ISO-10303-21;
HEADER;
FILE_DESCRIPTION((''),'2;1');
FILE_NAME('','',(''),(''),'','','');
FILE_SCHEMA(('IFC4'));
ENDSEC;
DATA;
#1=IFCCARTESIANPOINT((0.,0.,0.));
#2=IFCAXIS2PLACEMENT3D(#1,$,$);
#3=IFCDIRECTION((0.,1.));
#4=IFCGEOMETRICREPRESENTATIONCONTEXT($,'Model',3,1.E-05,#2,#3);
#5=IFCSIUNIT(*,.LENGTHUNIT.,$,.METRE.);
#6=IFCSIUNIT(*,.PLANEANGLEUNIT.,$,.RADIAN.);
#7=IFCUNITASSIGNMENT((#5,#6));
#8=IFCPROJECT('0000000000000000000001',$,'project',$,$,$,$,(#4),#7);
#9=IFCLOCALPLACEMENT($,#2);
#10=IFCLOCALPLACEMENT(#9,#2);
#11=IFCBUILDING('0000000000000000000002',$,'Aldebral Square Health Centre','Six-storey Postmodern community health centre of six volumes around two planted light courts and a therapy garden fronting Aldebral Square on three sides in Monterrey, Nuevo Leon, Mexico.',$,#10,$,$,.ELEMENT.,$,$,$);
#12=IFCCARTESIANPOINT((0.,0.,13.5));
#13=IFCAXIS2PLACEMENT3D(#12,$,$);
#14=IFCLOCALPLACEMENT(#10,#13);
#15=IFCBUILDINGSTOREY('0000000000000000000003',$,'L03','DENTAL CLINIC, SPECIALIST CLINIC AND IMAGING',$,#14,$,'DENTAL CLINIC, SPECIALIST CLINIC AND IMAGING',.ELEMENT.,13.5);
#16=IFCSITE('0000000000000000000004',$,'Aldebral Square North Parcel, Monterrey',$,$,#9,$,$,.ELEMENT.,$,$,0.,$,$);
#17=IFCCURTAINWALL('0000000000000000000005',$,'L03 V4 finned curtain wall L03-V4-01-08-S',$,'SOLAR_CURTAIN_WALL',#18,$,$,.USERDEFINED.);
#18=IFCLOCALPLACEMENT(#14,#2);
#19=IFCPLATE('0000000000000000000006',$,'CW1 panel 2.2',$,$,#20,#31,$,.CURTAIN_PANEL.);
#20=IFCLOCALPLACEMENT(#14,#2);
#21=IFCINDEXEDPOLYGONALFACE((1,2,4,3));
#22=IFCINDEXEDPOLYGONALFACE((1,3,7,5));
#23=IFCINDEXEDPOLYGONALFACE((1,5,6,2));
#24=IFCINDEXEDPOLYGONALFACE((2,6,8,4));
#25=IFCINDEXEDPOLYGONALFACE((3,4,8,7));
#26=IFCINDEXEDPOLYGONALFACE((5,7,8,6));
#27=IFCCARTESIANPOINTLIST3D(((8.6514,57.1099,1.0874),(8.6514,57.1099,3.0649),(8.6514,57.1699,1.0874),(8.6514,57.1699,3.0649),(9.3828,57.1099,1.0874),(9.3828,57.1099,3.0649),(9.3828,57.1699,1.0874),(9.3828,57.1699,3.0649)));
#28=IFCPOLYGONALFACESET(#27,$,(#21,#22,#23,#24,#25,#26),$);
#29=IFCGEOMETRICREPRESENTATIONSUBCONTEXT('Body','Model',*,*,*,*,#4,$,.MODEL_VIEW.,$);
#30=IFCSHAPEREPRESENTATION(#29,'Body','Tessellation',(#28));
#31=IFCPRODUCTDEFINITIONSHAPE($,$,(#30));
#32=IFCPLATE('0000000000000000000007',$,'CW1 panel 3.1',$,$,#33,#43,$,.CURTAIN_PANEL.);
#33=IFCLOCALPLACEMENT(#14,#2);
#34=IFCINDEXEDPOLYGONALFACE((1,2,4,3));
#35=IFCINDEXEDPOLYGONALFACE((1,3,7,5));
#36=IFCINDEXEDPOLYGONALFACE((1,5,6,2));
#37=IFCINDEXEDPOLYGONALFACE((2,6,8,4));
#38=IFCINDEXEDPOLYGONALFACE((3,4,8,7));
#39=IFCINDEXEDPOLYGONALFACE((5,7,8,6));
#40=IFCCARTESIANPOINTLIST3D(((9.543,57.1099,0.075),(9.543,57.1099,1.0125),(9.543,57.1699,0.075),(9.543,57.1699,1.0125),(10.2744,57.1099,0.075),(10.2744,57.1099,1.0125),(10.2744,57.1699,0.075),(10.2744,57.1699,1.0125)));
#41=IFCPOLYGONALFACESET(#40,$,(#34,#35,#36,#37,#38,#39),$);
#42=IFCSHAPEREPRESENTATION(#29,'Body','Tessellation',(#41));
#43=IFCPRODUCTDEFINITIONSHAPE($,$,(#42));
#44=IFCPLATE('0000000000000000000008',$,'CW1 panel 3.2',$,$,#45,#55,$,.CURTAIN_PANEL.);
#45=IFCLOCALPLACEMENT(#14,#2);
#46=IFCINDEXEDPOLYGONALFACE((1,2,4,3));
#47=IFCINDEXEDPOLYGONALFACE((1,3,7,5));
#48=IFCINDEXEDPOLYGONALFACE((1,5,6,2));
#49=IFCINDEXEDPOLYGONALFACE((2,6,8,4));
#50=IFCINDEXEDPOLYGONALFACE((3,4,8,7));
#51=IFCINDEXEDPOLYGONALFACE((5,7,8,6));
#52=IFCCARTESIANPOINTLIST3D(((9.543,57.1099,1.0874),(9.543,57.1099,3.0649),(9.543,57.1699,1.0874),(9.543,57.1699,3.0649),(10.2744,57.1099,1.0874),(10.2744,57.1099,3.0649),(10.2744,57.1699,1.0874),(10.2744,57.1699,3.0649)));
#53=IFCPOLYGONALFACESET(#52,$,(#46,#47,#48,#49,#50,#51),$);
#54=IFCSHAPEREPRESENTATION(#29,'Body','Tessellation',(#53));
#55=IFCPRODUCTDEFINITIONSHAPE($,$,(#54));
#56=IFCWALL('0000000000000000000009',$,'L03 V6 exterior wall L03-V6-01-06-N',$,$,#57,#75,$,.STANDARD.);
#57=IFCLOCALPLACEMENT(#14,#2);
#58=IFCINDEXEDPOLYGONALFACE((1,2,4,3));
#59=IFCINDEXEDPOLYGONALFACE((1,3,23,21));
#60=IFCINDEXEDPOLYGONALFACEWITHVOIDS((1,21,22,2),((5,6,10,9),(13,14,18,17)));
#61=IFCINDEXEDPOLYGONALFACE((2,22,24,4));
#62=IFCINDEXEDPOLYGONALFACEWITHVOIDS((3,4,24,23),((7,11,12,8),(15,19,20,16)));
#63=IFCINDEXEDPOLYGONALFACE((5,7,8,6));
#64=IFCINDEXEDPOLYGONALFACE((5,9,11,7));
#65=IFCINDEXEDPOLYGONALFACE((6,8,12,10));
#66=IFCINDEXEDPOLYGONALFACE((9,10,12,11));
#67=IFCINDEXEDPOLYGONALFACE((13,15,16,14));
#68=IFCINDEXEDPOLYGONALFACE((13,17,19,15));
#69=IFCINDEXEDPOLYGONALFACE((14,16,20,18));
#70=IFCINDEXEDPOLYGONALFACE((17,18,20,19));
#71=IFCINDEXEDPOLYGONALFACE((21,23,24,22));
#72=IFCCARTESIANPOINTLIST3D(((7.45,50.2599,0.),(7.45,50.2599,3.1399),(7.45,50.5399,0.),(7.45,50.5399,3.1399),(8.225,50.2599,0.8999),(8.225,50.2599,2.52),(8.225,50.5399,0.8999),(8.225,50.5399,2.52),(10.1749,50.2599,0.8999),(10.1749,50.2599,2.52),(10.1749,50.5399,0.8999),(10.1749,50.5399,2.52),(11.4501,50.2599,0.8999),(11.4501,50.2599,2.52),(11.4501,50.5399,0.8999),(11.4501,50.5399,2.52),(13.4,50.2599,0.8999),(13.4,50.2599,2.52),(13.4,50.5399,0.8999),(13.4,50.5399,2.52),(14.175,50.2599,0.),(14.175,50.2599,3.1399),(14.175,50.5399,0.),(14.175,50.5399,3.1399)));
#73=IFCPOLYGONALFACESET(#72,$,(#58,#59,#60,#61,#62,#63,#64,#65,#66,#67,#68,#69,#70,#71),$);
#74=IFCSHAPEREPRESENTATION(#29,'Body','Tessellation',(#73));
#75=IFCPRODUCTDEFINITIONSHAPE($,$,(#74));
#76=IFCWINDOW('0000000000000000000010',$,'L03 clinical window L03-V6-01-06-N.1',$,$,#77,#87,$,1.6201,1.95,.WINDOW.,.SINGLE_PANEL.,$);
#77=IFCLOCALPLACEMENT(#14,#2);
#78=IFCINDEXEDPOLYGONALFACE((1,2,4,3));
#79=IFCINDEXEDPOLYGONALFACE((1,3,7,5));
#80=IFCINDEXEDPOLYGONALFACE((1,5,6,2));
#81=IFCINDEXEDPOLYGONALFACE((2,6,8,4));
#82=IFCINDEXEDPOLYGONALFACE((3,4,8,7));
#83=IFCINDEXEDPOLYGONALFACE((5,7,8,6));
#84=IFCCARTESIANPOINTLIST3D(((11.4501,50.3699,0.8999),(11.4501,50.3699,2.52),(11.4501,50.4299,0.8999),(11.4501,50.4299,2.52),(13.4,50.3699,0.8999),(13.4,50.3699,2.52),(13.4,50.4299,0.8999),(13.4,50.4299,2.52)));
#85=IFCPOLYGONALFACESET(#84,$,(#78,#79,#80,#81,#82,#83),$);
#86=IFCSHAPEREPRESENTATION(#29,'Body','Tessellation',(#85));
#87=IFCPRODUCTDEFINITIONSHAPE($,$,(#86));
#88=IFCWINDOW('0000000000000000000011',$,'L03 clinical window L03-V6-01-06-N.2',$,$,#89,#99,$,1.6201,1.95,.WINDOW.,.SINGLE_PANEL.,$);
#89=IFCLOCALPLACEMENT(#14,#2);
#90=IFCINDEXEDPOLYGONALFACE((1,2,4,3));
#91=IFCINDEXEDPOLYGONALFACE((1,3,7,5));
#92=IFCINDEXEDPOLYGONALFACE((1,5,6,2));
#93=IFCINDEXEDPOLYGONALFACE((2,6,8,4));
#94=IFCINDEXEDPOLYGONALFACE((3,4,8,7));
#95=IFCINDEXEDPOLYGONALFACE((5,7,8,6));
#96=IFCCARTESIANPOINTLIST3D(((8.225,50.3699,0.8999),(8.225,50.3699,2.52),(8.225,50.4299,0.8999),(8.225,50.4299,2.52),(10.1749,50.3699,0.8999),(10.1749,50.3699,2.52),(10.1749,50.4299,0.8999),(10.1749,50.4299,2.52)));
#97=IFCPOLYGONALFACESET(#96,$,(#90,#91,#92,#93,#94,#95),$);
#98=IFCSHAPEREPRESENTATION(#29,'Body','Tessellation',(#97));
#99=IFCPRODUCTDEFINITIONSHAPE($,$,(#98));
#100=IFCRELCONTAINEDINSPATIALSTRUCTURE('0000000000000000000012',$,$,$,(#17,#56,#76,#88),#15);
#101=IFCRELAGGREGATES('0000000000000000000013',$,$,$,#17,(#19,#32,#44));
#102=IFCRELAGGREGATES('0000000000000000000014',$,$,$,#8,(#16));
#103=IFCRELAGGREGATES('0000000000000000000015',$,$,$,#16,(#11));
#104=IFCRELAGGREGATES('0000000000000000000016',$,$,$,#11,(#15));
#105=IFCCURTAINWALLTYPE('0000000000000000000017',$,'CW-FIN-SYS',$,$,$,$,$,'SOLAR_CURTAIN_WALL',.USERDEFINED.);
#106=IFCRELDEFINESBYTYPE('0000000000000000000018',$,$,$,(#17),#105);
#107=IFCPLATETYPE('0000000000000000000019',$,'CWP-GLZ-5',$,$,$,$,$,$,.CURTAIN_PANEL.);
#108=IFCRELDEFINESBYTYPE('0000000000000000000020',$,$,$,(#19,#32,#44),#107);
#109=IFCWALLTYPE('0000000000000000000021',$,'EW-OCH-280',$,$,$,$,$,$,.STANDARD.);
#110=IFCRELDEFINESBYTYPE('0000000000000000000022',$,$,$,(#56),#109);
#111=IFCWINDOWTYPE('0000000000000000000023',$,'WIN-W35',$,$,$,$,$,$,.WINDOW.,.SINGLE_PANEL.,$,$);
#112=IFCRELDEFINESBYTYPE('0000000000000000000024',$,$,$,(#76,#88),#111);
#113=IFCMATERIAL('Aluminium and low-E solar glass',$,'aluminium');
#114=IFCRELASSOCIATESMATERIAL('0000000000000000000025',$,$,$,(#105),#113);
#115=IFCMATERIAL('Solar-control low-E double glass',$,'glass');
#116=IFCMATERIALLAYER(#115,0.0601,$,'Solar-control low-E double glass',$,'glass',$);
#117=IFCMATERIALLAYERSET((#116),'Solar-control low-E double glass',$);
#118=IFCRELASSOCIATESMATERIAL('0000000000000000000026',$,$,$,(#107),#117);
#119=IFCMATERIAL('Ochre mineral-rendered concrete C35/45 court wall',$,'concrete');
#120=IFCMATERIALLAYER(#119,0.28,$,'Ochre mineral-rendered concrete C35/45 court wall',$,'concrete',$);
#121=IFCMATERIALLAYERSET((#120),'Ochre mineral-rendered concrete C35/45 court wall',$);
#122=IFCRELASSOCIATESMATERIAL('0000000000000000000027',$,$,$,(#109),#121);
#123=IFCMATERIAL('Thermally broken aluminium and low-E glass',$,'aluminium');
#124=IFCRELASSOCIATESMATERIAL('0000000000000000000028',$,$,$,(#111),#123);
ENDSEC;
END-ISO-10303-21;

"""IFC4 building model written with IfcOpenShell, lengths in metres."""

from ifc_helpers import new_model, si_unit, direction, frame, frame_2d, origin, origin_2d, place, context, subcontext, project, spatial, rectangle, extrude, material, layer, layer_set, type_object, element, fill, aggregate, save


model = new_model("IFC4")

# Units and contexts
model_context = context("Model", 3, precision=1e-05, world=origin(), true_north=direction((0.0, 1.0)))
body_context = subcontext(model_context, "Body", "Model", "MODEL_VIEW")
ifc_project = project(units=[si_unit("LENGTHUNIT", "METRE"), si_unit("PLANEANGLEUNIT", "RADIAN")], contexts=[model_context])

# Site, building, storey
site_placement = place(None, origin())
site = spatial("IfcSite", under=ifc_project, at=site_placement, Name="Aldebral Square North Parcel, Monterrey", CompositionType="ELEMENT", RefElevation=0.0)
building_placement = place(site_placement, origin())
building = spatial("IfcBuilding", under=site, at=building_placement, Name="Aldebral Square Health Centre", Description="Six-storey Postmodern community health centre of six volumes around two planted light courts and a therapy garden fronting Aldebral Square on three sides in Monterrey, Nuevo Leon, Mexico.", CompositionType="ELEMENT")
storey_placement = place(building_placement, frame((0.0, 0.0, 13.5)))
storey = spatial("IfcBuildingStorey", under=building, at=storey_placement, Name="L03", Description="DENTAL CLINIC, SPECIALIST CLINIC AND IMAGING", LongName="DENTAL CLINIC, SPECIALIST CLINIC AND IMAGING", CompositionType="ELEMENT", Elevation=13.5)

# Shared definitions
ifc_material_1 = material(Name="Aluminium and low-E solar glass", Category="aluminium")
curtain_wall_type = type_object("IfcCurtainWallType", Name="CW-FIN-SYS", ElementType="SOLAR_CURTAIN_WALL", PredefinedType="USERDEFINED", material=ifc_material_1)

# Curtain wall
curtain_wall_1_placement = place(storey_placement, origin())
curtain_wall_1 = element("IfcCurtainWall", 1, at=curtain_wall_1_placement, inside=storey, type_object=curtain_wall_type, Name="L03 V4 finned curtain wall L03-V4-01-08-S", ObjectType="SOLAR_CURTAIN_WALL", PredefinedType="USERDEFINED")

# Plates
ifc_material_2 = material(Name="Solar-control low-E double glass", Category="glass")
ifc_layer_1 = layer(ifc_material_2, 0.0601, Name="Solar-control low-E double glass", Category="glass")
ifc_layer_set_1 = layer_set([ifc_layer_1], Name="Solar-control low-E double glass")
plate_type_1 = type_object("IfcPlateType", Name="CWP-GLZ-5", PredefinedType="CURTAIN_PANEL", material=ifc_layer_set_1)
plate_1_placement = place(storey_placement, frame((9.0171, 57.1399, 1.0874), z_axis=(0.0, 0.0, 1.0), x_axis=(1.0, 0.0, 0.0)))
plate_1 = element("IfcPlate", 2, at=plate_1_placement, type_object=plate_type_1, Name="CW1 panel 2.2", PredefinedType="CURTAIN_PANEL", context=body_context, shape_type="SweptSolid", body=[
    extrude(rectangle(XDim=0.7314, YDim=0.0601, at=origin_2d()), origin(), (0.0, 0.0, 1.0), 1.9775),
])
plate_2_placement = place(storey_placement, frame((9.9087, 57.1399, 0.075), z_axis=(0.0, 0.0, 1.0), x_axis=(1.0, 0.0, 0.0)))
plate_2 = element("IfcPlate", 3, at=plate_2_placement, type_object=plate_type_1, Name="CW1 panel 3.1", PredefinedType="CURTAIN_PANEL", context=body_context, shape_type="SweptSolid", body=[
    extrude(rectangle(XDim=0.7314, YDim=0.0601, at=origin_2d()), origin(), (0.0, 0.0, 1.0), 0.9375),
])
plate_3_placement = place(storey_placement, frame((9.9087, 57.1399, 1.0874), z_axis=(0.0, 0.0, 1.0), x_axis=(1.0, 0.0, 0.0)))
plate_3 = element("IfcPlate", 4, at=plate_3_placement, type_object=plate_type_1, Name="CW1 panel 3.2", PredefinedType="CURTAIN_PANEL", context=body_context, shape_type="SweptSolid", body=[
    extrude(rectangle(XDim=0.7314, YDim=0.0601, at=origin_2d()), origin(), (0.0, 0.0, 1.0), 1.9775),
])
aggregate(curtain_wall_1, [plate_1, plate_2, plate_3])

# Wall, openings, windows
ifc_material_3 = material(Name="Ochre mineral-rendered concrete C35/45 court wall", Category="concrete")
ifc_layer_2 = layer(ifc_material_3, 0.28, Name="Ochre mineral-rendered concrete C35/45 court wall", Category="concrete")
ifc_layer_set_2 = layer_set([ifc_layer_2], Name="Ochre mineral-rendered concrete C35/45 court wall")
wall_type = type_object("IfcWallType", Name="EW-OCH-280", PredefinedType="STANDARD", material=ifc_layer_set_2)
wall_placement = place(storey_placement, frame((14.175, 50.3999, 0.0), z_axis=(0.0, 0.0, 1.0), x_axis=(-1.0, 0.0, 0.0)))
wall = element("IfcWall", 5, at=wall_placement, inside=storey, type_object=wall_type, Name="L03 V6 exterior wall L03-V6-01-06-N", PredefinedType="STANDARD", context=body_context, shape_type="SweptSolid", body=[
    extrude(rectangle(XDim=6.7251, YDim=0.28, at=frame_2d((3.3625, 0.0))), origin(), (0.0, 0.0, 1.0), 3.1399),
])
opening_1_placement = place(wall_placement, frame((0.7749, 0.0, 0.8999)))
opening_1 = element("IfcOpeningElement", 6, at=opening_1_placement, cuts=wall, PredefinedType="OPENING", context=body_context, shape_type="SweptSolid", body=[
    extrude(rectangle(XDim=1.95, YDim=1.6201, at=frame_2d((0.9751, 0.8101))), frame((0.0, 0.1499, 0.0), z_axis=(0.0, -1.0, 0.0), x_axis=(1.0, 0.0, 0.0)), (0.0, 0.0, 1.0), 0.3),
])
opening_2_placement = place(wall_placement, frame((4.0, 0.0, 0.8999)))
opening_2 = element("IfcOpeningElement", 7, at=opening_2_placement, cuts=wall, PredefinedType="OPENING", context=body_context, shape_type="SweptSolid", body=[
    extrude(rectangle(XDim=1.95, YDim=1.6201, at=frame_2d((0.9751, 0.8101))), frame((0.0, 0.1499, 0.0), z_axis=(0.0, -1.0, 0.0), x_axis=(1.0, 0.0, 0.0)), (0.0, 0.0, 1.0), 0.3),
])
ifc_material_4 = material(Name="Thermally broken aluminium and low-E glass", Category="aluminium")
window_type = type_object("IfcWindowType", Name="WIN-W35", PartitioningType="SINGLE_PANEL", PredefinedType="WINDOW", material=ifc_material_4)
window_1_placement = place(opening_1_placement, origin())
window_1 = element("IfcWindow", 8, at=window_1_placement, inside=storey, type_object=window_type, Name="L03 clinical window L03-V6-01-06-N.1", OverallHeight=1.6201, OverallWidth=1.95, PartitioningType="SINGLE_PANEL", PredefinedType="WINDOW", context=body_context, shape_type="SweptSolid", body=[
    extrude(rectangle(XDim=1.95, YDim=1.6201, at=frame_2d((0.9751, 0.8101))), frame((0.0, 0.03, 0.0), z_axis=(0.0, -1.0, 0.0), x_axis=(1.0, 0.0, 0.0)), (0.0, 0.0, 1.0), 0.0601),
])
fill(opening_1, window_1)
window_2_placement = place(opening_2_placement, origin())
window_2 = element("IfcWindow", 9, at=window_2_placement, inside=storey, type_object=window_type, Name="L03 clinical window L03-V6-01-06-N.2", OverallHeight=1.6201, OverallWidth=1.95, PartitioningType="SINGLE_PANEL", PredefinedType="WINDOW", context=body_context, shape_type="SweptSolid", body=[
    extrude(rectangle(XDim=1.95, YDim=1.6201, at=frame_2d((0.9751, 0.8101))), frame((0.0, 0.03, 0.0), z_axis=(0.0, -1.0, 0.0), x_axis=(1.0, 0.0, 0.0)), (0.0, 0.0, 1.0), 0.0601),
])
fill(opening_2, window_2)

save(model, "model.ifc")
